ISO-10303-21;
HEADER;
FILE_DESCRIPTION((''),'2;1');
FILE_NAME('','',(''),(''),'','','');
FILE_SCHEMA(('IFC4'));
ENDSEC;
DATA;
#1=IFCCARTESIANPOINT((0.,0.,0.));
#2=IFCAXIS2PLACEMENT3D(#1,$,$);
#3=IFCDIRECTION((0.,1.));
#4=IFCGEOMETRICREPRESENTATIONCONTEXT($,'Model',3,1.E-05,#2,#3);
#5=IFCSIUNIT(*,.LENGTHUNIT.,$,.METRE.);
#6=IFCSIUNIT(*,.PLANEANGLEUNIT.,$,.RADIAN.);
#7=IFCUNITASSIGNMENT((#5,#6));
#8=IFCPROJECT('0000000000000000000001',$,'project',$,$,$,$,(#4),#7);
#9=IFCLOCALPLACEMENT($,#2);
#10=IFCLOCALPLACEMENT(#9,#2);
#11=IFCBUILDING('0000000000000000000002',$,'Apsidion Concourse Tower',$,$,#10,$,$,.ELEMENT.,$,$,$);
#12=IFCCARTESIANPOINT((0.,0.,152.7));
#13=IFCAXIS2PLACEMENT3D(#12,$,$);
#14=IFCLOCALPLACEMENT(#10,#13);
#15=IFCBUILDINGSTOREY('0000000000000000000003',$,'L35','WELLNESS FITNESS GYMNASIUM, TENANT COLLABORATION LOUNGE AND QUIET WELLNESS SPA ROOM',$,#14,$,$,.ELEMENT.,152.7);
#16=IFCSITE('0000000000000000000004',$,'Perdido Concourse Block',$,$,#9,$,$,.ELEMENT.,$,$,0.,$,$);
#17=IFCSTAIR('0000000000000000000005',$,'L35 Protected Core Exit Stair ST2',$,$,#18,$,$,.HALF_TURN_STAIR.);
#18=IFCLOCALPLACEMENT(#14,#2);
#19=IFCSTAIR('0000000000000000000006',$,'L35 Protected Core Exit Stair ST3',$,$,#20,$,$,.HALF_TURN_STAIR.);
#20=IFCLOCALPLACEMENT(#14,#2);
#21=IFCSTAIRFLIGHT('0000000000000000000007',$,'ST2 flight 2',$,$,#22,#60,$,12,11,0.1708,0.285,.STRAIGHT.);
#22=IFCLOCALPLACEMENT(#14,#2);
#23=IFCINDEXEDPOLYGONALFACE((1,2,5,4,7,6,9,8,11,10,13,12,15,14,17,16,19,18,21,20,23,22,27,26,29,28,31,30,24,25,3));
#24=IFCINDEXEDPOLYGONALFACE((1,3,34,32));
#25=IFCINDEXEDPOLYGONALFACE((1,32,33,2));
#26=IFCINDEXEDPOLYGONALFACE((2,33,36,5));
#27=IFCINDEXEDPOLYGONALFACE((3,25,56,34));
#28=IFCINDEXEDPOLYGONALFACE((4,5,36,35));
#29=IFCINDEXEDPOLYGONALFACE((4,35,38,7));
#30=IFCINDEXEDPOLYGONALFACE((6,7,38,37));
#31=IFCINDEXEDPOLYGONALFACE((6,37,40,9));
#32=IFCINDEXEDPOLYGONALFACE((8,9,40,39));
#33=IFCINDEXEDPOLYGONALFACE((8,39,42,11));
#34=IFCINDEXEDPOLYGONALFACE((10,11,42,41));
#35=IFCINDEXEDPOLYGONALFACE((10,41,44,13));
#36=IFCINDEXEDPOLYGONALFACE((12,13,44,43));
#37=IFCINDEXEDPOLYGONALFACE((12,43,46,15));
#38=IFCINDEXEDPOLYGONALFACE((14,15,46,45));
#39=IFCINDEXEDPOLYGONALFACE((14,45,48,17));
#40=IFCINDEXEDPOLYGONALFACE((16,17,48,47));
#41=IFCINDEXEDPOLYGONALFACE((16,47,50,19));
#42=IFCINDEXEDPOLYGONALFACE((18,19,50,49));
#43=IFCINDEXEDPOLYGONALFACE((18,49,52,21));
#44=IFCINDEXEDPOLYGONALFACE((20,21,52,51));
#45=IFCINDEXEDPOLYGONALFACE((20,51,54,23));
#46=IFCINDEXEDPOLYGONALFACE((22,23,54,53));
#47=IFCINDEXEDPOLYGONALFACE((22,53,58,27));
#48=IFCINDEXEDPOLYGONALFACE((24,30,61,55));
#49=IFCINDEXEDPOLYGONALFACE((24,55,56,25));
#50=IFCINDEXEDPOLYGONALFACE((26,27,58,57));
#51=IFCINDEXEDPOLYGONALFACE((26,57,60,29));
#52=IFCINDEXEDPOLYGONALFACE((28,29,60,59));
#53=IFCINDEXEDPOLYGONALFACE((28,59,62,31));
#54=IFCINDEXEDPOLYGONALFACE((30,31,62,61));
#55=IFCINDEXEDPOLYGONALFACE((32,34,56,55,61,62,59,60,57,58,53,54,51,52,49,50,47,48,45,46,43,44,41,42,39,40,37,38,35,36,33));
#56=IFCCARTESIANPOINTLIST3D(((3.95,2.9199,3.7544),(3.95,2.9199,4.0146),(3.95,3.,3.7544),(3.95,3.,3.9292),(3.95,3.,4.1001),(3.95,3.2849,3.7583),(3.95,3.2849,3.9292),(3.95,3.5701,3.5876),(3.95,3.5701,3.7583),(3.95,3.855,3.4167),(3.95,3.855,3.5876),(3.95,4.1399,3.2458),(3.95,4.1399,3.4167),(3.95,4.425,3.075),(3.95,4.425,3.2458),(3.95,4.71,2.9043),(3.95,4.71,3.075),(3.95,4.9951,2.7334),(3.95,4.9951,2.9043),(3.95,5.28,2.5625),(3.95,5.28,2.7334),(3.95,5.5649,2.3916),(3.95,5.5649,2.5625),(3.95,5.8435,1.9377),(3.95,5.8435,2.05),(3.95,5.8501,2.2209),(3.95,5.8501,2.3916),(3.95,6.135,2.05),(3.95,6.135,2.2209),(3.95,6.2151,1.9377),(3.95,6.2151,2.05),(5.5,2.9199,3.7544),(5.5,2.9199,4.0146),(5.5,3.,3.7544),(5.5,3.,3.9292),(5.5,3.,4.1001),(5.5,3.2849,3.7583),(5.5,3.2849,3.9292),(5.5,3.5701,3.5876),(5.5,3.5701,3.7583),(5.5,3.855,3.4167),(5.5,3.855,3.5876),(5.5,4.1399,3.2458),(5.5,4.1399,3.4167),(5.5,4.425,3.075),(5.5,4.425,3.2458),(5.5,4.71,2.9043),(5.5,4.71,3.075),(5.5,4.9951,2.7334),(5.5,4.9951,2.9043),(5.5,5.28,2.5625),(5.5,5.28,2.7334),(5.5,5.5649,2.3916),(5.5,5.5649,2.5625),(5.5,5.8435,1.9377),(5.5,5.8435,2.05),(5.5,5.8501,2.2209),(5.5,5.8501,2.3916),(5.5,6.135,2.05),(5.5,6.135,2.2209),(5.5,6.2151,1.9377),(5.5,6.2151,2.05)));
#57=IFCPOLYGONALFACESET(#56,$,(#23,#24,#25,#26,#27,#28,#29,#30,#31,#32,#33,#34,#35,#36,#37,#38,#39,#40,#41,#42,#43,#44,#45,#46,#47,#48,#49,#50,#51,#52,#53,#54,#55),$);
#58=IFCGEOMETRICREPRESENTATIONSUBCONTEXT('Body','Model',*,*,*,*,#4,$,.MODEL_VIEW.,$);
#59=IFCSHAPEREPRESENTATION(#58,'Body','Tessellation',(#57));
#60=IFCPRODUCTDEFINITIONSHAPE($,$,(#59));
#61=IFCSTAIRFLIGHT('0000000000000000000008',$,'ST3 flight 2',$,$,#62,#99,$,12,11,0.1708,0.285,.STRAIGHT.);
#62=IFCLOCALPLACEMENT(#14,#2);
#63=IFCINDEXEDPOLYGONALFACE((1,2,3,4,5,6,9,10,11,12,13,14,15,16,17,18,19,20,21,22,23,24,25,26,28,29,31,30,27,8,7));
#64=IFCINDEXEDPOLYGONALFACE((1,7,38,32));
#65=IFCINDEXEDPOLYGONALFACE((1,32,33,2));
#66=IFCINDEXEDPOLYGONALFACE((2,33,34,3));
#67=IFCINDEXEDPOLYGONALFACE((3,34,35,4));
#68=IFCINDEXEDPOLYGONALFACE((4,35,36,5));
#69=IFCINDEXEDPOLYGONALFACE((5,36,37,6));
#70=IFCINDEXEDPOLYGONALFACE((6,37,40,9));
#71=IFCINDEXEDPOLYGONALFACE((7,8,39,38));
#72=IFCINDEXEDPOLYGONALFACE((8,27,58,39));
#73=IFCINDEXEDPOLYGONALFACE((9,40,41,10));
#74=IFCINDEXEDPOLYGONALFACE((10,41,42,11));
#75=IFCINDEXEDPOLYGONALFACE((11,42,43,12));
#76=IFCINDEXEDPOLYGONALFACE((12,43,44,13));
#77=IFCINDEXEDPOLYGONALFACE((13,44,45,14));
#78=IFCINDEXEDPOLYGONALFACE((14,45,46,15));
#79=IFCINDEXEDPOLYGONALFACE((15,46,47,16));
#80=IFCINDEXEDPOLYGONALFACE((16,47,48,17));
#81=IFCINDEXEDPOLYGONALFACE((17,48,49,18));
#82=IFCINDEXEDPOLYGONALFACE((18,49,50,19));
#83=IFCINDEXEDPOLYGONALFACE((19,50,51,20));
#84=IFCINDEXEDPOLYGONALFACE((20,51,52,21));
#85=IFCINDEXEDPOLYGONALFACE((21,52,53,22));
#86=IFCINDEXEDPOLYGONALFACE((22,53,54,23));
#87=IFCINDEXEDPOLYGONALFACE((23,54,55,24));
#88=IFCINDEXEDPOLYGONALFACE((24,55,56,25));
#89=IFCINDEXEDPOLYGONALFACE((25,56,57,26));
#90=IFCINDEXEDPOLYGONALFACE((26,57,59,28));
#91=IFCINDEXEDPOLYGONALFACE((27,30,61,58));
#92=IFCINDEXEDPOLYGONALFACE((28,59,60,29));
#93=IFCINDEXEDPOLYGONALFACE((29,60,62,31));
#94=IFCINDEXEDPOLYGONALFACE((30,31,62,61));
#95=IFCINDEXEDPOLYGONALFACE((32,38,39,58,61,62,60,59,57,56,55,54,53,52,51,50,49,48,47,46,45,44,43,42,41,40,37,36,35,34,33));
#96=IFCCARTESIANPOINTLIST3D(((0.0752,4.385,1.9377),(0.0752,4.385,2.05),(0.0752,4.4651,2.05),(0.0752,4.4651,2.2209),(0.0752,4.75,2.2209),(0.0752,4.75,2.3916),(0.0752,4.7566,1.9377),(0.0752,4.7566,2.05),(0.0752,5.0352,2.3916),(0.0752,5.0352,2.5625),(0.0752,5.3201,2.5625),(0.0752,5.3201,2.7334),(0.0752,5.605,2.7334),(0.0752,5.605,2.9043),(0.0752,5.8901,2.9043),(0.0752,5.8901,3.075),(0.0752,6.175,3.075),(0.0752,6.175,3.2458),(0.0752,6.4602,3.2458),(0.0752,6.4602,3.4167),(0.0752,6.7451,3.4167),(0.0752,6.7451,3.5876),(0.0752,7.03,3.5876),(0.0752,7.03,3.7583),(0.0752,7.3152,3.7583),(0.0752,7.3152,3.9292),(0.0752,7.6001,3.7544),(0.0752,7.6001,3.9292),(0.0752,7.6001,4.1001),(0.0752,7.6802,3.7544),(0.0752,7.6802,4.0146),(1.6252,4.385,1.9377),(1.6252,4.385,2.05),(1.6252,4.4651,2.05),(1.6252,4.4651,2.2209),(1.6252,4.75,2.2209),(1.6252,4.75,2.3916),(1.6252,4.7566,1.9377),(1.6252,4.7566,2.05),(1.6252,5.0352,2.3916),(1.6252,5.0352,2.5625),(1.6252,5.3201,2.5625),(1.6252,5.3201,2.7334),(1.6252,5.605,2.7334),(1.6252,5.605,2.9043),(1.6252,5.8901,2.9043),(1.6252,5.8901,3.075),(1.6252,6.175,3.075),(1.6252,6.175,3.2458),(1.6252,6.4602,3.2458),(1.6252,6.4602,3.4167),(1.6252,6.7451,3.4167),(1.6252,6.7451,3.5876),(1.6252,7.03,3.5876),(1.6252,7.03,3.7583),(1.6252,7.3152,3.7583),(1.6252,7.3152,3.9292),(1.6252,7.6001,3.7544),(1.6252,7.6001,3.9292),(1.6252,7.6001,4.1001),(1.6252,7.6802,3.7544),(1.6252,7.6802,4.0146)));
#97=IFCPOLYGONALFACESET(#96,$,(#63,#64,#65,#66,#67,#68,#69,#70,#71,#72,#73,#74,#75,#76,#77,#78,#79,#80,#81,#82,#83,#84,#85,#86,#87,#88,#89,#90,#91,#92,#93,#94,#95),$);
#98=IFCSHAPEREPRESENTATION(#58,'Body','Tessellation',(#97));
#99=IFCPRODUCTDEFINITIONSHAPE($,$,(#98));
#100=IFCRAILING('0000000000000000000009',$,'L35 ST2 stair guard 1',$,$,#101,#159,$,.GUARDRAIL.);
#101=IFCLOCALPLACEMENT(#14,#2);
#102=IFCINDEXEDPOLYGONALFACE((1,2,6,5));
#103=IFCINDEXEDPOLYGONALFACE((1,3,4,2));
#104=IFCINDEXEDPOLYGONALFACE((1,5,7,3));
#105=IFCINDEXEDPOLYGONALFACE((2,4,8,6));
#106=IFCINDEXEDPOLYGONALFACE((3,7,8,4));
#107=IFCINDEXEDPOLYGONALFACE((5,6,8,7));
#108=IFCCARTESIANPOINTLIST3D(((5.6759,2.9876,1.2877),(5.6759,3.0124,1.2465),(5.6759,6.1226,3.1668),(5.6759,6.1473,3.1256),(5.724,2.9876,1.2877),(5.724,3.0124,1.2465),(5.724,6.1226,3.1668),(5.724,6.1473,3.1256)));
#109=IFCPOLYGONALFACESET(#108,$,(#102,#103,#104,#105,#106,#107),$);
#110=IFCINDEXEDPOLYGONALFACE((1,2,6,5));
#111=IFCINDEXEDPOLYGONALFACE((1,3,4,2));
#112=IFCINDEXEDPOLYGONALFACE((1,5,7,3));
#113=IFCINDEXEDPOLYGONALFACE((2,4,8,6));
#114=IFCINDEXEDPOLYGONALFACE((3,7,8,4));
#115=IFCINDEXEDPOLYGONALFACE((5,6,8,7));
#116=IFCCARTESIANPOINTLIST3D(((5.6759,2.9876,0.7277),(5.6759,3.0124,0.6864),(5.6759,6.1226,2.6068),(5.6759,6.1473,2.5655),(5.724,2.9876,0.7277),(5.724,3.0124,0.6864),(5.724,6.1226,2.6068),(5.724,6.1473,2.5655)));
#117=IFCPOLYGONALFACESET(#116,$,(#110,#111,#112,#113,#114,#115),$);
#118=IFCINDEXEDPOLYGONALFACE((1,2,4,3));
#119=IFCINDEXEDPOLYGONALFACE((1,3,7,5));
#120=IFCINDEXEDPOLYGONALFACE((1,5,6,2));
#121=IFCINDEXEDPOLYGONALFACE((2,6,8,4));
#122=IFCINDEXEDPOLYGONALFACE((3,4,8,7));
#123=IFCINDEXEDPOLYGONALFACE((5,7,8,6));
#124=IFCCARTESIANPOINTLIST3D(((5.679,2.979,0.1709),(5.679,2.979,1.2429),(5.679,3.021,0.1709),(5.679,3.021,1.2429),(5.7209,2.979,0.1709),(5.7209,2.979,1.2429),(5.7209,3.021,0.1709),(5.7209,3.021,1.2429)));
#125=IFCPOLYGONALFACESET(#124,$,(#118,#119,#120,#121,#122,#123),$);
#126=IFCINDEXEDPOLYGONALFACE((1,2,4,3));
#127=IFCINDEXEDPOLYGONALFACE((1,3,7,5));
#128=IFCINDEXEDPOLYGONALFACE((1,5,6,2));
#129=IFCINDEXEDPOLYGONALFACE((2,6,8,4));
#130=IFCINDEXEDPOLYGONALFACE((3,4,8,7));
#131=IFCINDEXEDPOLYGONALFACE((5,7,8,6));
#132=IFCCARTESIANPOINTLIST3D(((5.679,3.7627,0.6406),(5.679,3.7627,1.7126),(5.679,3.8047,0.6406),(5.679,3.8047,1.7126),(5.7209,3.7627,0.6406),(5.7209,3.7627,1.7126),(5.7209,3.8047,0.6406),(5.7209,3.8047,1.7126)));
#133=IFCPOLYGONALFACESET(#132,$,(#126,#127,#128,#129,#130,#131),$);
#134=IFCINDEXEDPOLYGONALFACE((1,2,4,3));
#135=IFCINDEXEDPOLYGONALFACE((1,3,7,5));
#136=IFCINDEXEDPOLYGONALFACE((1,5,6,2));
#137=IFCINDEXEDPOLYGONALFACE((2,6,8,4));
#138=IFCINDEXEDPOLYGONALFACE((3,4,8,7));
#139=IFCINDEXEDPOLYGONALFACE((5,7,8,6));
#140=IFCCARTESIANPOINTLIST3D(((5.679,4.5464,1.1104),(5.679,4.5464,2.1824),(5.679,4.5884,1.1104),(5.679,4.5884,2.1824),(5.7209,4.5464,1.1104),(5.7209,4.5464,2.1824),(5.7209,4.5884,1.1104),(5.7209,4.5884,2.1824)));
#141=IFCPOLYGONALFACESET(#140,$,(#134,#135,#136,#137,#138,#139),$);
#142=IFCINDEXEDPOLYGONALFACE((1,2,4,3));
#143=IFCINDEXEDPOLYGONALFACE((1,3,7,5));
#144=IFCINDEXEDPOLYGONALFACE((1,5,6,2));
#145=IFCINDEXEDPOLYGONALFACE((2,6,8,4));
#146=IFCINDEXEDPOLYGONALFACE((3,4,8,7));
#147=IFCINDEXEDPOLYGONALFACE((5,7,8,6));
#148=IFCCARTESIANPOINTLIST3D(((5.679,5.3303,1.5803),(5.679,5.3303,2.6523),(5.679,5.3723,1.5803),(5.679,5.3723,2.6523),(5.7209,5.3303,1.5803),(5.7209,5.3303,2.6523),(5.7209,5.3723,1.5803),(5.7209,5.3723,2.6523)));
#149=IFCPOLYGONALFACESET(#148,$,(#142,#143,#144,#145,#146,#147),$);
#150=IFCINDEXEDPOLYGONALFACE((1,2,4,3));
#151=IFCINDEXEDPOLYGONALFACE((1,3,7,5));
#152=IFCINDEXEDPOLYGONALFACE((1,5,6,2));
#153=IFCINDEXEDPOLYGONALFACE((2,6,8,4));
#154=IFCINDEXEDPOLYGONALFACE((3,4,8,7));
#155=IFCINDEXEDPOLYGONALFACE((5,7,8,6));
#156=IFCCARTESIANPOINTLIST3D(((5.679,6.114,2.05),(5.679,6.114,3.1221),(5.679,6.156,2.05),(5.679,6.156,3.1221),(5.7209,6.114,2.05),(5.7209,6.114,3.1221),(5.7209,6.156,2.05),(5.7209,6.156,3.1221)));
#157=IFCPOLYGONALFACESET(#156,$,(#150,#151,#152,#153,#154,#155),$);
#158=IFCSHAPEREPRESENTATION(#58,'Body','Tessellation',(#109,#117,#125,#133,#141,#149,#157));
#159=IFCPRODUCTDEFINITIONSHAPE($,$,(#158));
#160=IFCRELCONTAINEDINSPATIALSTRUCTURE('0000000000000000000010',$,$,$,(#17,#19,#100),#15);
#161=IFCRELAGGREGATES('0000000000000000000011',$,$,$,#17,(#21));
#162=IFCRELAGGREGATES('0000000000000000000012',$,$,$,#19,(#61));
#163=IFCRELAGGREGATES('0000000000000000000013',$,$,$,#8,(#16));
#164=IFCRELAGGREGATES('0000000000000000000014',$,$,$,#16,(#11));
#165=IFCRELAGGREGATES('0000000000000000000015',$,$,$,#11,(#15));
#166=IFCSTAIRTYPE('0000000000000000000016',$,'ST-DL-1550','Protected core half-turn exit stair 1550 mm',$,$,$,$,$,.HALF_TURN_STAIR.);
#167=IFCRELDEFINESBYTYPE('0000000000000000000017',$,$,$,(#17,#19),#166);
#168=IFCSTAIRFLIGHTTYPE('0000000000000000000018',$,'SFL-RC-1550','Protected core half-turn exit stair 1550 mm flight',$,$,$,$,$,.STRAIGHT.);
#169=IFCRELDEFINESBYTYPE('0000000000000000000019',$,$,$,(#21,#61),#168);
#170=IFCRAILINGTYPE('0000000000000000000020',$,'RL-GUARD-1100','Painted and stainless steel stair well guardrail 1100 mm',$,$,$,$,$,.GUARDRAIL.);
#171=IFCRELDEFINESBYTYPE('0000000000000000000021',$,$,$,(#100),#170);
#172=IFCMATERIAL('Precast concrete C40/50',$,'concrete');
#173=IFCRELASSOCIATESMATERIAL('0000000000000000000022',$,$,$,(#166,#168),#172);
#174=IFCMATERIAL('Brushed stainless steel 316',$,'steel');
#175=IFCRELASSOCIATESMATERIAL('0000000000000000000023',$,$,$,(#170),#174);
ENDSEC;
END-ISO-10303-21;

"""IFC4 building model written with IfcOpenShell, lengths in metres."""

from ifc_helpers import new_model, si_unit, direction, frame, origin, origin_2d, place, context, subcontext, project, spatial, polyline, rectangle, outline, extrude, material, type_object, element, aggregate, save


model = new_model("IFC4")

# Units and contexts
model_context = context("Model", 3, precision=1e-05, world=origin(), true_north=direction((0.0, 1.0)))
body_context = subcontext(model_context, "Body", "Model", "MODEL_VIEW")
ifc_project = project(units=[si_unit("LENGTHUNIT", "METRE"), si_unit("PLANEANGLEUNIT", "RADIAN")], contexts=[model_context])

# Site, building, storey
site_placement = place(None, origin())
site = spatial("IfcSite", under=ifc_project, at=site_placement, Name="Perdido Concourse Block", CompositionType="ELEMENT", RefElevation=0.0)
building_placement = place(site_placement, origin())
building = spatial("IfcBuilding", under=site, at=building_placement, Name="Apsidion Concourse Tower", CompositionType="ELEMENT")
storey_placement = place(building_placement, frame((0.0, 0.0, 152.7)))
storey = spatial("IfcBuildingStorey", under=building, at=storey_placement, Name="L35", Description="WELLNESS FITNESS GYMNASIUM, TENANT COLLABORATION LOUNGE AND QUIET WELLNESS SPA ROOM", CompositionType="ELEMENT", Elevation=152.7)

# Stairs
ifc_material_1 = material(Name="Precast concrete C40/50", Category="concrete")
stair_type = type_object("IfcStairType", Name="ST-DL-1550", Description="Protected core half-turn exit stair 1550 mm", PredefinedType="HALF_TURN_STAIR", material=ifc_material_1)
stair_1_placement = place(storey_placement, origin())
stair_1 = element("IfcStair", 1, at=stair_1_placement, inside=storey, type_object=stair_type, Name="L35 Protected Core Exit Stair ST2", PredefinedType="HALF_TURN_STAIR")
stair_2_placement = place(storey_placement, origin())
stair_2 = element("IfcStair", 2, at=stair_2_placement, inside=storey, type_object=stair_type, Name="L35 Protected Core Exit Stair ST3", PredefinedType="HALF_TURN_STAIR")

# Stair flights
stair_flight_type = type_object("IfcStairFlightType", Name="SFL-RC-1550", Description="Protected core half-turn exit stair 1550 mm flight", PredefinedType="STRAIGHT", material=ifc_material_1)
stair_flight_1_placement = place(storey_placement, frame((4.7251, 6.135, 2.05), z_axis=(0.0, 0.0, 1.0), x_axis=(0.0, -1.0, 0.0)))
stair_flight_1 = element("IfcStairFlight", 3, at=stair_flight_1_placement, type_object=stair_flight_type, Name="ST2 flight 2", NumberOfRisers=12, NumberOfTreads=11, PredefinedType="STRAIGHT", RiserHeight=0.1708, TreadLength=0.285, context=body_context, shape_type="SweptSolid", body=[
    extrude(outline(polyline([(-0.0801, -0.1123), (-0.0801, 0.0), (0.0, 0.0), (0.0, 0.1709), (0.2849, 0.1709), (0.2849, 0.3416), (0.5701, 0.3416), (0.5701, 0.5125), (0.855, 0.5125), (0.855, 0.6833), (1.1399, 0.6833), (1.1399, 0.8542), (1.425, 0.8542), (1.425, 1.0249), (1.71, 1.0249), (1.71, 1.1958), (1.9951, 1.1958), (1.9951, 1.3667), (2.28, 1.3667), (2.28, 1.5376), (2.5649, 1.5376), (2.5649, 1.7083), (2.8501, 1.7083), (2.8501, 1.8792), (3.135, 1.8792), (3.135, 2.05), (3.2151, 1.9646), (3.2151, 1.7043), (3.135, 1.7043), (0.2915, 0.0), (0.2915, -0.1123), (-0.0801, -0.1123)])), frame((0.0, 0.7749, 0.0), z_axis=(0.0, -1.0, 0.0), x_axis=(1.0, 0.0, 0.0)), (0.0, 0.0, 1.0), 1.55),
])
aggregate(stair_1, [stair_flight_1])
stair_flight_2_placement = place(storey_placement, frame((0.8501, 4.4651, 2.05), z_axis=(0.0, 0.0, 1.0), x_axis=(0.0, 1.0, 0.0)))
stair_flight_2 = element("IfcStairFlight", 4, at=stair_flight_2_placement, type_object=stair_flight_type, Name="ST3 flight 2", NumberOfRisers=12, NumberOfTreads=11, PredefinedType="STRAIGHT", RiserHeight=0.1708, TreadLength=0.285, context=body_context, shape_type="SweptSolid", body=[
    extrude(outline(polyline([(-0.0801, -0.1123), (-0.0801, 0.0), (0.0, 0.0), (0.0, 0.1709), (0.2849, 0.1709), (0.2849, 0.3416), (0.5701, 0.3416), (0.5701, 0.5125), (0.855, 0.5125), (0.855, 0.6833), (1.1399, 0.6833), (1.1399, 0.8542), (1.425, 0.8542), (1.425, 1.0249), (1.71, 1.0249), (1.71, 1.1958), (1.9951, 1.1958), (1.9951, 1.3667), (2.28, 1.3667), (2.28, 1.5376), (2.5649, 1.5376), (2.5649, 1.7083), (2.8501, 1.7083), (2.8501, 1.8792), (3.135, 1.8792), (3.135, 2.05), (3.2151, 1.9646), (3.2151, 1.7043), (3.135, 1.7043), (0.2915, 0.0), (0.2915, -0.1123), (-0.0801, -0.1123)])), frame((0.0, 0.7749, 0.0), z_axis=(0.0, -1.0, 0.0), x_axis=(1.0, 0.0, 0.0)), (0.0, 0.0, 1.0), 1.55),
])
aggregate(stair_2, [stair_flight_2])

# Railing
ifc_material_2 = material(Name="Brushed stainless steel 316", Category="steel")
railing_type_1 = type_object("IfcRailingType", Name="RL-GUARD-1100", Description="Painted and stainless steel stair well guardrail 1100 mm", PredefinedType="GUARDRAIL", material=ifc_material_2)
railing_1_placement = place(storey_placement, frame((5.7, 3.0, 0.1709)))
element("IfcRailing", 5, at=railing_1_placement, inside=storey, type_object=railing_type_1, Name="L35 ST2 stair guard 1", PredefinedType="GUARDRAIL", context=body_context, shape_type="SweptSolid", body=[
    extrude(rectangle(XDim=0.0481, YDim=0.0481, at=origin_2d()), frame((0.0, 0.0, 1.0962), z_axis=(0.0, 0.857717, 0.514122), x_axis=(-1.0, 0.0, 0.0)), (0.0, 0.0, 1.0), 3.655),
    extrude(rectangle(XDim=0.0481, YDim=0.0481, at=origin_2d()), frame((0.0, 0.0, 0.5361), z_axis=(0.0, 0.857717, 0.514122), x_axis=(-1.0, 0.0, 0.0)), (0.0, 0.0, 1.0), 3.655),
    extrude(rectangle(XDim=0.042, YDim=0.042, at=origin_2d()), origin(), (0.0, 0.0, 1.0), 1.072),
    extrude(rectangle(XDim=0.042, YDim=0.042, at=origin_2d()), frame((0.0, 0.7837, 0.4697)), (0.0, 0.0, 1.0), 1.072),
    extrude(rectangle(XDim=0.042, YDim=0.042, at=origin_2d()), frame((0.0, 1.5674, 0.9395)), (0.0, 0.0, 1.0), 1.072),
    extrude(rectangle(XDim=0.042, YDim=0.042, at=origin_2d()), frame((0.0, 2.3513, 1.4094)), (0.0, 0.0, 1.0), 1.072),
    extrude(rectangle(XDim=0.042, YDim=0.042, at=origin_2d()), frame((0.0, 3.135, 1.8792)), (0.0, 0.0, 1.0), 1.072),
])

save(model, "model.ifc")
